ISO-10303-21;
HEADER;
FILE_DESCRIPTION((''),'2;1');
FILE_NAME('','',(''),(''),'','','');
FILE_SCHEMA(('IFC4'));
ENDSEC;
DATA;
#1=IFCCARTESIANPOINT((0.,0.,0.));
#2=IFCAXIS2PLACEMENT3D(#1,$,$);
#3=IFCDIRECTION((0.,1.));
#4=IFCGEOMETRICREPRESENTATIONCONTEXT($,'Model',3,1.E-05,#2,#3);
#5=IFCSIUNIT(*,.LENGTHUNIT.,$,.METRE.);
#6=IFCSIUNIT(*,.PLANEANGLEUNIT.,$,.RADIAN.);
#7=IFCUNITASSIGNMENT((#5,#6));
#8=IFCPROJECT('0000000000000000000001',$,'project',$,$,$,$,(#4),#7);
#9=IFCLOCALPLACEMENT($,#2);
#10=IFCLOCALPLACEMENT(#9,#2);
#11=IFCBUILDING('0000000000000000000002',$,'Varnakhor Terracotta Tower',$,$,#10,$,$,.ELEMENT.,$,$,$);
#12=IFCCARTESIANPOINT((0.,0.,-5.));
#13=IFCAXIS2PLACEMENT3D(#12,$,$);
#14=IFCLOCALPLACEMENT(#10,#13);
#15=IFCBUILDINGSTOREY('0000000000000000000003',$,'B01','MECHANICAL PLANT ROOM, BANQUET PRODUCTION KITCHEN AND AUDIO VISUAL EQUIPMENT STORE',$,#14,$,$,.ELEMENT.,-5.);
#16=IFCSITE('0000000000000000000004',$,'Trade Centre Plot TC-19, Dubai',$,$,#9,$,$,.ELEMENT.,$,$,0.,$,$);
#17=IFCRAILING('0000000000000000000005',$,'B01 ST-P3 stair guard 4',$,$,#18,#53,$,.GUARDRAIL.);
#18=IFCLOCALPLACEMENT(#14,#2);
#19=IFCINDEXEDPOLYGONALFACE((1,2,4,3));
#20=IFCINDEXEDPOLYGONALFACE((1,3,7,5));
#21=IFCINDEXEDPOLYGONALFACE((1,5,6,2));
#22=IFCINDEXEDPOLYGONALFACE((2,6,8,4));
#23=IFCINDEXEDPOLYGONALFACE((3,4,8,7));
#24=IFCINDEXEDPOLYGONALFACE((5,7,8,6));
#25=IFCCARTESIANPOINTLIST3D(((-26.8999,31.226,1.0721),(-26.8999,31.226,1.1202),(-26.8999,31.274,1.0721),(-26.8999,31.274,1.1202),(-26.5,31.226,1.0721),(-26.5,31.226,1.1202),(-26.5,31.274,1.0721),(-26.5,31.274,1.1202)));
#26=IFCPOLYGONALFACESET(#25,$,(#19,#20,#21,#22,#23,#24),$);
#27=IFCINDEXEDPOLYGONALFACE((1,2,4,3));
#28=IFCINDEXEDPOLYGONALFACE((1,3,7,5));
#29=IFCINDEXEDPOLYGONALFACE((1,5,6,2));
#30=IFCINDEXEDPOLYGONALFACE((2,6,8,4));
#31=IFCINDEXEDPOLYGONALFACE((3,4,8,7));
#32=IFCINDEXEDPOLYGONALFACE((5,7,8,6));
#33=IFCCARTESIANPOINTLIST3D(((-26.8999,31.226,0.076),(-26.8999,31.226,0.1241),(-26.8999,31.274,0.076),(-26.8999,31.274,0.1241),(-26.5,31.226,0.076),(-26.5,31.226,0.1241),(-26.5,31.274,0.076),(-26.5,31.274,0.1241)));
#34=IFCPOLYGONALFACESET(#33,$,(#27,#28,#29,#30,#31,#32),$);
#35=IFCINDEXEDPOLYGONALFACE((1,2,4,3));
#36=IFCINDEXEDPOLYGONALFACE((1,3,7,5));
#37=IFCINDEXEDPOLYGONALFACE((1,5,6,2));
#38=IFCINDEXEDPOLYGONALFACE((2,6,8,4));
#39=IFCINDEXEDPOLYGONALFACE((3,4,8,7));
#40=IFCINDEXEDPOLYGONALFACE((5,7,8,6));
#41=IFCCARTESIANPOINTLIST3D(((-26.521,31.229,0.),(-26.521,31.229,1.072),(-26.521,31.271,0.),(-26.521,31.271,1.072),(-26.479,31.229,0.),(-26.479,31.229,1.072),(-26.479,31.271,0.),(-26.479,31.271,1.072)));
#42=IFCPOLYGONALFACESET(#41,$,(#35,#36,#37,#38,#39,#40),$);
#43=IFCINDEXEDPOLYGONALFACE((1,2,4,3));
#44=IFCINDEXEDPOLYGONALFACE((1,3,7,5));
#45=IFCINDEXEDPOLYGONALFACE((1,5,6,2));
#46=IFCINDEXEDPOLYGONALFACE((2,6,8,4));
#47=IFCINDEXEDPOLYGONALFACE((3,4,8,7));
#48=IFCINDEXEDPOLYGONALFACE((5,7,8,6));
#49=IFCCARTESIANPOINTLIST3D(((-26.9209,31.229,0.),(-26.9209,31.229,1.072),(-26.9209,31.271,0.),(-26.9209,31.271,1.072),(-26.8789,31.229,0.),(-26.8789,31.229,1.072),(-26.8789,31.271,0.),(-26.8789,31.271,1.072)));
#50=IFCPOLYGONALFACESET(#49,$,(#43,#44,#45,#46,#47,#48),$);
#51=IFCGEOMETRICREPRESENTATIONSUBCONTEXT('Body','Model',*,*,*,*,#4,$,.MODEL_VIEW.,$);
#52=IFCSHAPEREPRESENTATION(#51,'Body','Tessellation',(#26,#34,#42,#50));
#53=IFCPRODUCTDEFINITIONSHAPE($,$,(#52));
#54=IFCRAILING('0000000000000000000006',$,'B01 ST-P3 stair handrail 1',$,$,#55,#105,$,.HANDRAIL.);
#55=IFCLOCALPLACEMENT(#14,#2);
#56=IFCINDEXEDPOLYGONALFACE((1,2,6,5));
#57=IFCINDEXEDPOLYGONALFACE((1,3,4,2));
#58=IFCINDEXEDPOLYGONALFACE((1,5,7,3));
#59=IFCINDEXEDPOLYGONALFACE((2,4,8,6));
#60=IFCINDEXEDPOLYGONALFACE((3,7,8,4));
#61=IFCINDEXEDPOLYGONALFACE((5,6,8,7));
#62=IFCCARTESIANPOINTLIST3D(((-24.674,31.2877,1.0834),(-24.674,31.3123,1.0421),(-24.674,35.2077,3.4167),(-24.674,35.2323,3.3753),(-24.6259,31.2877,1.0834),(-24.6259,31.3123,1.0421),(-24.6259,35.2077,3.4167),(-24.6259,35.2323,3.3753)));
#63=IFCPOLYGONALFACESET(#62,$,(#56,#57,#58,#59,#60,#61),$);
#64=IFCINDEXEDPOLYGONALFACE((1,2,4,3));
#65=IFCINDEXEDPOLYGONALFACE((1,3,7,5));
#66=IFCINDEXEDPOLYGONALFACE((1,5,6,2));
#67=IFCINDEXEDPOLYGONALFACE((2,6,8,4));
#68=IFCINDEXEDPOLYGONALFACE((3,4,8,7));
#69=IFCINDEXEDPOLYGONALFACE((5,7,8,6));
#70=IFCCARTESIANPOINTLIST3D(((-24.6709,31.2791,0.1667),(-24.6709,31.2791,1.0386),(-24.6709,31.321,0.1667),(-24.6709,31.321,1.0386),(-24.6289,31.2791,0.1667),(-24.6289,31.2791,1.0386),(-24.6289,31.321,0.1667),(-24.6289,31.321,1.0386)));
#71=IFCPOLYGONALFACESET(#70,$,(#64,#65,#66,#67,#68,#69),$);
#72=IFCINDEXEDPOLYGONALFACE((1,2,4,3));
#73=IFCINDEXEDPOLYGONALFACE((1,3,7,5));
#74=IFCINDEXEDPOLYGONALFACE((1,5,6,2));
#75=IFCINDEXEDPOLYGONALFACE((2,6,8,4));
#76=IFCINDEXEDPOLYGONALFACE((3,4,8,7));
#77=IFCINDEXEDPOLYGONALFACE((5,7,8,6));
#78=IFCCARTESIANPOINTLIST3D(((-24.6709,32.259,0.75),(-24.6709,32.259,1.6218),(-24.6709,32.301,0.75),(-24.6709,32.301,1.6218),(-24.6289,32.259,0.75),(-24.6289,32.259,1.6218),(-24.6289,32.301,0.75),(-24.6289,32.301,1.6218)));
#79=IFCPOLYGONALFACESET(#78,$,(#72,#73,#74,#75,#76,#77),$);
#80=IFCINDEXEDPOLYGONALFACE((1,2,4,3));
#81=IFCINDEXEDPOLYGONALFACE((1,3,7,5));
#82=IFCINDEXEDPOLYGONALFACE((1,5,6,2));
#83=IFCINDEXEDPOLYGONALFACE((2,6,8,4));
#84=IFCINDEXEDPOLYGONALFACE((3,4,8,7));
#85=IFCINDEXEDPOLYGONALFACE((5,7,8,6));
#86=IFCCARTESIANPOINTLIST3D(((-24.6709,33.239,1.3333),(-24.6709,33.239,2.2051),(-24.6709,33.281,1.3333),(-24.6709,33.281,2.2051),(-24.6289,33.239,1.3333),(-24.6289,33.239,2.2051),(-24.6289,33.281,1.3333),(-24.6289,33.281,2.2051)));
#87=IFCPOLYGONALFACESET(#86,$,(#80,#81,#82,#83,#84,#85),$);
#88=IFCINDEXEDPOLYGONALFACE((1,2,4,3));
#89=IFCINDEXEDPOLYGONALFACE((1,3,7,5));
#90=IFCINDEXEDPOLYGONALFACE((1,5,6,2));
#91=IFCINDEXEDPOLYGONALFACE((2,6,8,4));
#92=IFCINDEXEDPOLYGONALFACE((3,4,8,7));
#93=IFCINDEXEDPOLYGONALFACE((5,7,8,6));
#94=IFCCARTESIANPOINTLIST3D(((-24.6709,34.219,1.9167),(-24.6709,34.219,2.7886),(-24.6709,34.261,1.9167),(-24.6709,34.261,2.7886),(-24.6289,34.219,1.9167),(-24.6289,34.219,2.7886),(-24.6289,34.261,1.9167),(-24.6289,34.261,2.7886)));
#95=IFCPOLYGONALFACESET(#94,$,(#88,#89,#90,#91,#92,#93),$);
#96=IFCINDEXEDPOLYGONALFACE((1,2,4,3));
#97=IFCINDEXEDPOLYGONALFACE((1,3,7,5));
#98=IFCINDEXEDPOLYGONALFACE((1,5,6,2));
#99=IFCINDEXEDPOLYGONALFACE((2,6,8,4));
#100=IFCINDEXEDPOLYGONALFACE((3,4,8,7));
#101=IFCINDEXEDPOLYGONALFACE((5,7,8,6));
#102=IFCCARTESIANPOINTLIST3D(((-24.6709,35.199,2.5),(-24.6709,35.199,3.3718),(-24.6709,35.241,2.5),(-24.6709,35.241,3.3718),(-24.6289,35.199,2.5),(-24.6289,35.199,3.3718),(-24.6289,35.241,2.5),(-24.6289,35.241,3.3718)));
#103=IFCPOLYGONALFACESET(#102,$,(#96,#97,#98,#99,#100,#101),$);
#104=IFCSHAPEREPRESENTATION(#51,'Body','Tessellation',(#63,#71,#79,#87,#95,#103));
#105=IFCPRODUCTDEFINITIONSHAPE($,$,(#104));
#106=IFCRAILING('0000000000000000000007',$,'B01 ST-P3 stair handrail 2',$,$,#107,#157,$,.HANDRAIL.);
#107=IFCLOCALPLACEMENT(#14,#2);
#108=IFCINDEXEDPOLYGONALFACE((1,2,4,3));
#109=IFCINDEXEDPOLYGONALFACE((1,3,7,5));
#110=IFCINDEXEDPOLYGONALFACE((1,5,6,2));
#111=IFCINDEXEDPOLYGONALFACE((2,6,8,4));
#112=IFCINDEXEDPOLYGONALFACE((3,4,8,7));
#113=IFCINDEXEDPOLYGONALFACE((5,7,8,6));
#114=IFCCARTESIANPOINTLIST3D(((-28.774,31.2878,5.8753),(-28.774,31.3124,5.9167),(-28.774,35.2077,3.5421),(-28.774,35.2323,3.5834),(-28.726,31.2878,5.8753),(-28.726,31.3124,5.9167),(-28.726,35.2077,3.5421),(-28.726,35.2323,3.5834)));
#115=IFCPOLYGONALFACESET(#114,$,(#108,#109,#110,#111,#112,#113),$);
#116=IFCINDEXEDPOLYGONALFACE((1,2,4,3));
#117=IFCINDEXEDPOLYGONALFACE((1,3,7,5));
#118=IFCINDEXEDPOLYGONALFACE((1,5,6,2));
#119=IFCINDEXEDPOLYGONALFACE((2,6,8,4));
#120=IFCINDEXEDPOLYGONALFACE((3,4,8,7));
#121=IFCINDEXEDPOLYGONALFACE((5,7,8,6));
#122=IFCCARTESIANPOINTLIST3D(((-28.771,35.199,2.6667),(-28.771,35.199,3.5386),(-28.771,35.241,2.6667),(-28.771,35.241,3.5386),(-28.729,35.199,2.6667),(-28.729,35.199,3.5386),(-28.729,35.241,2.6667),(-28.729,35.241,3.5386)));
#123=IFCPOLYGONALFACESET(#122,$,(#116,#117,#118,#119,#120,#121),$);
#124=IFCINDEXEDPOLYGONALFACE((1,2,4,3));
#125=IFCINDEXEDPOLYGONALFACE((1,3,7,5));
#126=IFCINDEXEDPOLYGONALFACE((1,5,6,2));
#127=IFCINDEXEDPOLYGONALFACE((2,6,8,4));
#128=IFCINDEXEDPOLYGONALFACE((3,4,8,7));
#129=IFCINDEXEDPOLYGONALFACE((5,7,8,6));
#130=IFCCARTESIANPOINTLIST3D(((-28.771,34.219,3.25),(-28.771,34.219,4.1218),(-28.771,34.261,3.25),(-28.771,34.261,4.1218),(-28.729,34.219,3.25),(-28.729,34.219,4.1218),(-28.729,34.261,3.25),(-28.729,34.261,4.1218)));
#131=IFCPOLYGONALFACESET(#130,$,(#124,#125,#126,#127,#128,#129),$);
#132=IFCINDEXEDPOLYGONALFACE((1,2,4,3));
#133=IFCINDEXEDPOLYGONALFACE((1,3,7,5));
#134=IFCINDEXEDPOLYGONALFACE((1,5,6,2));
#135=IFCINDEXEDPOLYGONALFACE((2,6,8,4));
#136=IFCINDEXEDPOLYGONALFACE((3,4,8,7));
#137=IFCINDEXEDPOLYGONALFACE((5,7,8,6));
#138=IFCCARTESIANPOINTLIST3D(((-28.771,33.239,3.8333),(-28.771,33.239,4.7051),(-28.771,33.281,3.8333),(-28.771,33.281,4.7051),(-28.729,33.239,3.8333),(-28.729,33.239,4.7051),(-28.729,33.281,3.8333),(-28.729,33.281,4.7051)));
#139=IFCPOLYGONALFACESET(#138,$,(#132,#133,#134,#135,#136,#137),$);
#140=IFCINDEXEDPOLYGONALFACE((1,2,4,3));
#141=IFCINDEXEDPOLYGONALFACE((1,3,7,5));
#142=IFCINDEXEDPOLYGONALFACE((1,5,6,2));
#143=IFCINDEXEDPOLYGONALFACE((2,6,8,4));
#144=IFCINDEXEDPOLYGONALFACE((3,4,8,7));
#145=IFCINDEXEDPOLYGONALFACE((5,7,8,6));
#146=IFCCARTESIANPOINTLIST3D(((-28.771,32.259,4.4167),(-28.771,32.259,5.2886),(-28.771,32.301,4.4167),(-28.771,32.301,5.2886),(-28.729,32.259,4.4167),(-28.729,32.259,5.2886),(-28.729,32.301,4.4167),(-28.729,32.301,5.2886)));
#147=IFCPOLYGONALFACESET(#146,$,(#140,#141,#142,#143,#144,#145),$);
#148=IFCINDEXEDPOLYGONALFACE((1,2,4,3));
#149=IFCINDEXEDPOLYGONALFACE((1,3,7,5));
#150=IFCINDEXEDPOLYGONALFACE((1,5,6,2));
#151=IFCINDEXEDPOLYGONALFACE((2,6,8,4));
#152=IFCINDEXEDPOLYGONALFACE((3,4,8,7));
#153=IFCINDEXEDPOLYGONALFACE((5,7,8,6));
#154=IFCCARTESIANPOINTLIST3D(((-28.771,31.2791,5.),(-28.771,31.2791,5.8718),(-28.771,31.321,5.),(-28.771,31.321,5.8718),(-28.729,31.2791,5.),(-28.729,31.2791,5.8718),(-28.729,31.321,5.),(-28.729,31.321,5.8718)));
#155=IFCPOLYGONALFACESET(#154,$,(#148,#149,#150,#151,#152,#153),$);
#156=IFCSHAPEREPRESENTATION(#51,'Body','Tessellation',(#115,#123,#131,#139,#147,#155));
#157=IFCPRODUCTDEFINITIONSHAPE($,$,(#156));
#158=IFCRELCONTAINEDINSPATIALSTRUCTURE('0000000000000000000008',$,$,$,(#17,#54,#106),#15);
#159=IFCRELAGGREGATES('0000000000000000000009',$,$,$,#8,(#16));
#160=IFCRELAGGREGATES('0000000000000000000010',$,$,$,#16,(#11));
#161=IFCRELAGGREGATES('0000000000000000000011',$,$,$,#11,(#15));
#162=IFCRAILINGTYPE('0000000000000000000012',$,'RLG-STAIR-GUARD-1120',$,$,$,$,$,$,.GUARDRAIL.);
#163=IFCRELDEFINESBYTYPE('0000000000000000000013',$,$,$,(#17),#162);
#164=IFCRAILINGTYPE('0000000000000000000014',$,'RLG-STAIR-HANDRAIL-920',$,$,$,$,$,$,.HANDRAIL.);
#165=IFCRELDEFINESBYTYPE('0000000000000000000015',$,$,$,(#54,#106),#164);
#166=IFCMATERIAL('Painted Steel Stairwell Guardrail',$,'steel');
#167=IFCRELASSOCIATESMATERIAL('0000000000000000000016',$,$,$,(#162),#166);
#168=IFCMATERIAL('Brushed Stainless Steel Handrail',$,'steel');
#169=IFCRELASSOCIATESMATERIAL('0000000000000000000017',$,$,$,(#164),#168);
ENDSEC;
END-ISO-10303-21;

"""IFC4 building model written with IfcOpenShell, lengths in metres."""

from ifc_helpers import new_model, si_unit, direction, frame, origin, origin_2d, place, context, subcontext, project, spatial, rectangle, extrude, material, type_object, element, save


model = new_model("IFC4")

# Units and contexts
model_context = context("Model", 3, precision=1e-05, world=origin(), true_north=direction((0.0, 1.0)))
body_context = subcontext(model_context, "Body", "Model", "MODEL_VIEW")
ifc_project = project(units=[si_unit("LENGTHUNIT", "METRE"), si_unit("PLANEANGLEUNIT", "RADIAN")], contexts=[model_context])

# Site, building, storey
site_placement = place(None, origin())
site = spatial("IfcSite", under=ifc_project, at=site_placement, Name="Trade Centre Plot TC-19, Dubai", CompositionType="ELEMENT", RefElevation=0.0)
building_placement = place(site_placement, origin())
building = spatial("IfcBuilding", under=site, at=building_placement, Name="Varnakhor Terracotta Tower", CompositionType="ELEMENT")
storey_placement = place(building_placement, frame((0.0, 0.0, -5.0)))
storey = spatial("IfcBuildingStorey", under=building, at=storey_placement, Name="B01", Description="MECHANICAL PLANT ROOM, BANQUET PRODUCTION KITCHEN AND AUDIO VISUAL EQUIPMENT STORE", CompositionType="ELEMENT", Elevation=-5.0)

# Railings
ifc_material_1 = material(Name="Painted Steel Stairwell Guardrail", Category="steel")
railing_type_1 = type_object("IfcRailingType", Name="RLG-STAIR-GUARD-1120", PredefinedType="GUARDRAIL", material=ifc_material_1)
railing_1_placement = place(storey_placement, frame((-26.5, 31.25, 0.0)))
element("IfcRailing", 1, at=railing_1_placement, inside=storey, type_object=railing_type_1, Name="B01 ST-P3 stair guard 4", PredefinedType="GUARDRAIL", context=body_context, shape_type="SweptSolid", body=[
    extrude(rectangle(XDim=0.0481, YDim=0.0481, at=origin_2d()), frame((0.0, 0.0, 1.0962), z_axis=(-1.0, 0.0, 0.0), x_axis=(0.0, -1.0, 0.0)), (0.0, 0.0, 1.0), 0.3999),
    extrude(rectangle(XDim=0.0481, YDim=0.0481, at=origin_2d()), frame((0.0, 0.0, 0.1001), z_axis=(-1.0, 0.0, 0.0), x_axis=(0.0, -1.0, 0.0)), (0.0, 0.0, 1.0), 0.3999),
    extrude(rectangle(XDim=0.042, YDim=0.042, at=origin_2d()), origin(), (0.0, 0.0, 1.0), 1.072),
    extrude(rectangle(XDim=0.042, YDim=0.042, at=origin_2d()), frame((-0.3999, 0.0, 0.0)), (0.0, 0.0, 1.0), 1.072),
])
ifc_material_2 = material(Name="Brushed Stainless Steel Handrail", Category="steel")
railing_type_2 = type_object("IfcRailingType", Name="RLG-STAIR-HANDRAIL-920", PredefinedType="HANDRAIL", material=ifc_material_2)
railing_2_placement = place(storey_placement, frame((-24.6499, 31.3, 0.1667)))
element("IfcRailing", 2, at=railing_2_placement, inside=storey, type_object=railing_type_2, Name="B01 ST-P3 stair handrail 1", PredefinedType="HANDRAIL", context=body_context, shape_type="SweptSolid", body=[
    extrude(rectangle(XDim=0.0481, YDim=0.0481, at=origin_2d()), frame((0.0, 0.0, 0.896), z_axis=(0.0, 0.859296, 0.511478), x_axis=(-1.0, 0.0, 0.0)), (0.0, 0.0, 1.0), 4.5618),
    extrude(rectangle(XDim=0.042, YDim=0.042, at=origin_2d()), origin(), (0.0, 0.0, 1.0), 0.8718),
    extrude(rectangle(XDim=0.042, YDim=0.042, at=origin_2d()), frame((0.0, 0.98, 0.5833)), (0.0, 0.0, 1.0), 0.8718),
    extrude(rectangle(XDim=0.042, YDim=0.042, at=origin_2d()), frame((0.0, 1.96, 1.1665)), (0.0, 0.0, 1.0), 0.8718),
    extrude(rectangle(XDim=0.042, YDim=0.042, at=origin_2d()), frame((0.0, 2.9399, 1.75)), (0.0, 0.0, 1.0), 0.8718),
    extrude(rectangle(XDim=0.042, YDim=0.042, at=origin_2d()), frame((0.0, 3.9199, 2.3333)), (0.0, 0.0, 1.0), 0.8718),
])
railing_3_placement = place(storey_placement, frame((-28.75, 35.22, 2.6667)))
element("IfcRailing", 3, at=railing_3_placement, inside=storey, type_object=railing_type_2, Name="B01 ST-P3 stair handrail 2", PredefinedType="HANDRAIL", context=body_context, shape_type="SweptSolid", body=[
    extrude(rectangle(XDim=0.0481, YDim=0.0481, at=origin_2d()), frame((0.0, 0.0, 0.896), z_axis=(0.0, -0.859296, 0.511478), x_axis=(1.0, 0.0, 0.0)), (0.0, 0.0, 1.0), 4.5618),
    extrude(rectangle(XDim=0.042, YDim=0.042, at=origin_2d()), origin(), (0.0, 0.0, 1.0), 0.8718),
    extrude(rectangle(XDim=0.042, YDim=0.042, at=origin_2d()), frame((0.0, -0.98, 0.5833)), (0.0, 0.0, 1.0), 0.8718),
    extrude(rectangle(XDim=0.042, YDim=0.042, at=origin_2d()), frame((0.0, -1.96, 1.1665)), (0.0, 0.0, 1.0), 0.8718),
    extrude(rectangle(XDim=0.042, YDim=0.042, at=origin_2d()), frame((0.0, -2.9399, 1.75)), (0.0, 0.0, 1.0), 0.8718),
    extrude(rectangle(XDim=0.042, YDim=0.042, at=origin_2d()), frame((0.0, -3.9199, 2.3333)), (0.0, 0.0, 1.0), 0.8718),
])

save(model, "model.ifc")
